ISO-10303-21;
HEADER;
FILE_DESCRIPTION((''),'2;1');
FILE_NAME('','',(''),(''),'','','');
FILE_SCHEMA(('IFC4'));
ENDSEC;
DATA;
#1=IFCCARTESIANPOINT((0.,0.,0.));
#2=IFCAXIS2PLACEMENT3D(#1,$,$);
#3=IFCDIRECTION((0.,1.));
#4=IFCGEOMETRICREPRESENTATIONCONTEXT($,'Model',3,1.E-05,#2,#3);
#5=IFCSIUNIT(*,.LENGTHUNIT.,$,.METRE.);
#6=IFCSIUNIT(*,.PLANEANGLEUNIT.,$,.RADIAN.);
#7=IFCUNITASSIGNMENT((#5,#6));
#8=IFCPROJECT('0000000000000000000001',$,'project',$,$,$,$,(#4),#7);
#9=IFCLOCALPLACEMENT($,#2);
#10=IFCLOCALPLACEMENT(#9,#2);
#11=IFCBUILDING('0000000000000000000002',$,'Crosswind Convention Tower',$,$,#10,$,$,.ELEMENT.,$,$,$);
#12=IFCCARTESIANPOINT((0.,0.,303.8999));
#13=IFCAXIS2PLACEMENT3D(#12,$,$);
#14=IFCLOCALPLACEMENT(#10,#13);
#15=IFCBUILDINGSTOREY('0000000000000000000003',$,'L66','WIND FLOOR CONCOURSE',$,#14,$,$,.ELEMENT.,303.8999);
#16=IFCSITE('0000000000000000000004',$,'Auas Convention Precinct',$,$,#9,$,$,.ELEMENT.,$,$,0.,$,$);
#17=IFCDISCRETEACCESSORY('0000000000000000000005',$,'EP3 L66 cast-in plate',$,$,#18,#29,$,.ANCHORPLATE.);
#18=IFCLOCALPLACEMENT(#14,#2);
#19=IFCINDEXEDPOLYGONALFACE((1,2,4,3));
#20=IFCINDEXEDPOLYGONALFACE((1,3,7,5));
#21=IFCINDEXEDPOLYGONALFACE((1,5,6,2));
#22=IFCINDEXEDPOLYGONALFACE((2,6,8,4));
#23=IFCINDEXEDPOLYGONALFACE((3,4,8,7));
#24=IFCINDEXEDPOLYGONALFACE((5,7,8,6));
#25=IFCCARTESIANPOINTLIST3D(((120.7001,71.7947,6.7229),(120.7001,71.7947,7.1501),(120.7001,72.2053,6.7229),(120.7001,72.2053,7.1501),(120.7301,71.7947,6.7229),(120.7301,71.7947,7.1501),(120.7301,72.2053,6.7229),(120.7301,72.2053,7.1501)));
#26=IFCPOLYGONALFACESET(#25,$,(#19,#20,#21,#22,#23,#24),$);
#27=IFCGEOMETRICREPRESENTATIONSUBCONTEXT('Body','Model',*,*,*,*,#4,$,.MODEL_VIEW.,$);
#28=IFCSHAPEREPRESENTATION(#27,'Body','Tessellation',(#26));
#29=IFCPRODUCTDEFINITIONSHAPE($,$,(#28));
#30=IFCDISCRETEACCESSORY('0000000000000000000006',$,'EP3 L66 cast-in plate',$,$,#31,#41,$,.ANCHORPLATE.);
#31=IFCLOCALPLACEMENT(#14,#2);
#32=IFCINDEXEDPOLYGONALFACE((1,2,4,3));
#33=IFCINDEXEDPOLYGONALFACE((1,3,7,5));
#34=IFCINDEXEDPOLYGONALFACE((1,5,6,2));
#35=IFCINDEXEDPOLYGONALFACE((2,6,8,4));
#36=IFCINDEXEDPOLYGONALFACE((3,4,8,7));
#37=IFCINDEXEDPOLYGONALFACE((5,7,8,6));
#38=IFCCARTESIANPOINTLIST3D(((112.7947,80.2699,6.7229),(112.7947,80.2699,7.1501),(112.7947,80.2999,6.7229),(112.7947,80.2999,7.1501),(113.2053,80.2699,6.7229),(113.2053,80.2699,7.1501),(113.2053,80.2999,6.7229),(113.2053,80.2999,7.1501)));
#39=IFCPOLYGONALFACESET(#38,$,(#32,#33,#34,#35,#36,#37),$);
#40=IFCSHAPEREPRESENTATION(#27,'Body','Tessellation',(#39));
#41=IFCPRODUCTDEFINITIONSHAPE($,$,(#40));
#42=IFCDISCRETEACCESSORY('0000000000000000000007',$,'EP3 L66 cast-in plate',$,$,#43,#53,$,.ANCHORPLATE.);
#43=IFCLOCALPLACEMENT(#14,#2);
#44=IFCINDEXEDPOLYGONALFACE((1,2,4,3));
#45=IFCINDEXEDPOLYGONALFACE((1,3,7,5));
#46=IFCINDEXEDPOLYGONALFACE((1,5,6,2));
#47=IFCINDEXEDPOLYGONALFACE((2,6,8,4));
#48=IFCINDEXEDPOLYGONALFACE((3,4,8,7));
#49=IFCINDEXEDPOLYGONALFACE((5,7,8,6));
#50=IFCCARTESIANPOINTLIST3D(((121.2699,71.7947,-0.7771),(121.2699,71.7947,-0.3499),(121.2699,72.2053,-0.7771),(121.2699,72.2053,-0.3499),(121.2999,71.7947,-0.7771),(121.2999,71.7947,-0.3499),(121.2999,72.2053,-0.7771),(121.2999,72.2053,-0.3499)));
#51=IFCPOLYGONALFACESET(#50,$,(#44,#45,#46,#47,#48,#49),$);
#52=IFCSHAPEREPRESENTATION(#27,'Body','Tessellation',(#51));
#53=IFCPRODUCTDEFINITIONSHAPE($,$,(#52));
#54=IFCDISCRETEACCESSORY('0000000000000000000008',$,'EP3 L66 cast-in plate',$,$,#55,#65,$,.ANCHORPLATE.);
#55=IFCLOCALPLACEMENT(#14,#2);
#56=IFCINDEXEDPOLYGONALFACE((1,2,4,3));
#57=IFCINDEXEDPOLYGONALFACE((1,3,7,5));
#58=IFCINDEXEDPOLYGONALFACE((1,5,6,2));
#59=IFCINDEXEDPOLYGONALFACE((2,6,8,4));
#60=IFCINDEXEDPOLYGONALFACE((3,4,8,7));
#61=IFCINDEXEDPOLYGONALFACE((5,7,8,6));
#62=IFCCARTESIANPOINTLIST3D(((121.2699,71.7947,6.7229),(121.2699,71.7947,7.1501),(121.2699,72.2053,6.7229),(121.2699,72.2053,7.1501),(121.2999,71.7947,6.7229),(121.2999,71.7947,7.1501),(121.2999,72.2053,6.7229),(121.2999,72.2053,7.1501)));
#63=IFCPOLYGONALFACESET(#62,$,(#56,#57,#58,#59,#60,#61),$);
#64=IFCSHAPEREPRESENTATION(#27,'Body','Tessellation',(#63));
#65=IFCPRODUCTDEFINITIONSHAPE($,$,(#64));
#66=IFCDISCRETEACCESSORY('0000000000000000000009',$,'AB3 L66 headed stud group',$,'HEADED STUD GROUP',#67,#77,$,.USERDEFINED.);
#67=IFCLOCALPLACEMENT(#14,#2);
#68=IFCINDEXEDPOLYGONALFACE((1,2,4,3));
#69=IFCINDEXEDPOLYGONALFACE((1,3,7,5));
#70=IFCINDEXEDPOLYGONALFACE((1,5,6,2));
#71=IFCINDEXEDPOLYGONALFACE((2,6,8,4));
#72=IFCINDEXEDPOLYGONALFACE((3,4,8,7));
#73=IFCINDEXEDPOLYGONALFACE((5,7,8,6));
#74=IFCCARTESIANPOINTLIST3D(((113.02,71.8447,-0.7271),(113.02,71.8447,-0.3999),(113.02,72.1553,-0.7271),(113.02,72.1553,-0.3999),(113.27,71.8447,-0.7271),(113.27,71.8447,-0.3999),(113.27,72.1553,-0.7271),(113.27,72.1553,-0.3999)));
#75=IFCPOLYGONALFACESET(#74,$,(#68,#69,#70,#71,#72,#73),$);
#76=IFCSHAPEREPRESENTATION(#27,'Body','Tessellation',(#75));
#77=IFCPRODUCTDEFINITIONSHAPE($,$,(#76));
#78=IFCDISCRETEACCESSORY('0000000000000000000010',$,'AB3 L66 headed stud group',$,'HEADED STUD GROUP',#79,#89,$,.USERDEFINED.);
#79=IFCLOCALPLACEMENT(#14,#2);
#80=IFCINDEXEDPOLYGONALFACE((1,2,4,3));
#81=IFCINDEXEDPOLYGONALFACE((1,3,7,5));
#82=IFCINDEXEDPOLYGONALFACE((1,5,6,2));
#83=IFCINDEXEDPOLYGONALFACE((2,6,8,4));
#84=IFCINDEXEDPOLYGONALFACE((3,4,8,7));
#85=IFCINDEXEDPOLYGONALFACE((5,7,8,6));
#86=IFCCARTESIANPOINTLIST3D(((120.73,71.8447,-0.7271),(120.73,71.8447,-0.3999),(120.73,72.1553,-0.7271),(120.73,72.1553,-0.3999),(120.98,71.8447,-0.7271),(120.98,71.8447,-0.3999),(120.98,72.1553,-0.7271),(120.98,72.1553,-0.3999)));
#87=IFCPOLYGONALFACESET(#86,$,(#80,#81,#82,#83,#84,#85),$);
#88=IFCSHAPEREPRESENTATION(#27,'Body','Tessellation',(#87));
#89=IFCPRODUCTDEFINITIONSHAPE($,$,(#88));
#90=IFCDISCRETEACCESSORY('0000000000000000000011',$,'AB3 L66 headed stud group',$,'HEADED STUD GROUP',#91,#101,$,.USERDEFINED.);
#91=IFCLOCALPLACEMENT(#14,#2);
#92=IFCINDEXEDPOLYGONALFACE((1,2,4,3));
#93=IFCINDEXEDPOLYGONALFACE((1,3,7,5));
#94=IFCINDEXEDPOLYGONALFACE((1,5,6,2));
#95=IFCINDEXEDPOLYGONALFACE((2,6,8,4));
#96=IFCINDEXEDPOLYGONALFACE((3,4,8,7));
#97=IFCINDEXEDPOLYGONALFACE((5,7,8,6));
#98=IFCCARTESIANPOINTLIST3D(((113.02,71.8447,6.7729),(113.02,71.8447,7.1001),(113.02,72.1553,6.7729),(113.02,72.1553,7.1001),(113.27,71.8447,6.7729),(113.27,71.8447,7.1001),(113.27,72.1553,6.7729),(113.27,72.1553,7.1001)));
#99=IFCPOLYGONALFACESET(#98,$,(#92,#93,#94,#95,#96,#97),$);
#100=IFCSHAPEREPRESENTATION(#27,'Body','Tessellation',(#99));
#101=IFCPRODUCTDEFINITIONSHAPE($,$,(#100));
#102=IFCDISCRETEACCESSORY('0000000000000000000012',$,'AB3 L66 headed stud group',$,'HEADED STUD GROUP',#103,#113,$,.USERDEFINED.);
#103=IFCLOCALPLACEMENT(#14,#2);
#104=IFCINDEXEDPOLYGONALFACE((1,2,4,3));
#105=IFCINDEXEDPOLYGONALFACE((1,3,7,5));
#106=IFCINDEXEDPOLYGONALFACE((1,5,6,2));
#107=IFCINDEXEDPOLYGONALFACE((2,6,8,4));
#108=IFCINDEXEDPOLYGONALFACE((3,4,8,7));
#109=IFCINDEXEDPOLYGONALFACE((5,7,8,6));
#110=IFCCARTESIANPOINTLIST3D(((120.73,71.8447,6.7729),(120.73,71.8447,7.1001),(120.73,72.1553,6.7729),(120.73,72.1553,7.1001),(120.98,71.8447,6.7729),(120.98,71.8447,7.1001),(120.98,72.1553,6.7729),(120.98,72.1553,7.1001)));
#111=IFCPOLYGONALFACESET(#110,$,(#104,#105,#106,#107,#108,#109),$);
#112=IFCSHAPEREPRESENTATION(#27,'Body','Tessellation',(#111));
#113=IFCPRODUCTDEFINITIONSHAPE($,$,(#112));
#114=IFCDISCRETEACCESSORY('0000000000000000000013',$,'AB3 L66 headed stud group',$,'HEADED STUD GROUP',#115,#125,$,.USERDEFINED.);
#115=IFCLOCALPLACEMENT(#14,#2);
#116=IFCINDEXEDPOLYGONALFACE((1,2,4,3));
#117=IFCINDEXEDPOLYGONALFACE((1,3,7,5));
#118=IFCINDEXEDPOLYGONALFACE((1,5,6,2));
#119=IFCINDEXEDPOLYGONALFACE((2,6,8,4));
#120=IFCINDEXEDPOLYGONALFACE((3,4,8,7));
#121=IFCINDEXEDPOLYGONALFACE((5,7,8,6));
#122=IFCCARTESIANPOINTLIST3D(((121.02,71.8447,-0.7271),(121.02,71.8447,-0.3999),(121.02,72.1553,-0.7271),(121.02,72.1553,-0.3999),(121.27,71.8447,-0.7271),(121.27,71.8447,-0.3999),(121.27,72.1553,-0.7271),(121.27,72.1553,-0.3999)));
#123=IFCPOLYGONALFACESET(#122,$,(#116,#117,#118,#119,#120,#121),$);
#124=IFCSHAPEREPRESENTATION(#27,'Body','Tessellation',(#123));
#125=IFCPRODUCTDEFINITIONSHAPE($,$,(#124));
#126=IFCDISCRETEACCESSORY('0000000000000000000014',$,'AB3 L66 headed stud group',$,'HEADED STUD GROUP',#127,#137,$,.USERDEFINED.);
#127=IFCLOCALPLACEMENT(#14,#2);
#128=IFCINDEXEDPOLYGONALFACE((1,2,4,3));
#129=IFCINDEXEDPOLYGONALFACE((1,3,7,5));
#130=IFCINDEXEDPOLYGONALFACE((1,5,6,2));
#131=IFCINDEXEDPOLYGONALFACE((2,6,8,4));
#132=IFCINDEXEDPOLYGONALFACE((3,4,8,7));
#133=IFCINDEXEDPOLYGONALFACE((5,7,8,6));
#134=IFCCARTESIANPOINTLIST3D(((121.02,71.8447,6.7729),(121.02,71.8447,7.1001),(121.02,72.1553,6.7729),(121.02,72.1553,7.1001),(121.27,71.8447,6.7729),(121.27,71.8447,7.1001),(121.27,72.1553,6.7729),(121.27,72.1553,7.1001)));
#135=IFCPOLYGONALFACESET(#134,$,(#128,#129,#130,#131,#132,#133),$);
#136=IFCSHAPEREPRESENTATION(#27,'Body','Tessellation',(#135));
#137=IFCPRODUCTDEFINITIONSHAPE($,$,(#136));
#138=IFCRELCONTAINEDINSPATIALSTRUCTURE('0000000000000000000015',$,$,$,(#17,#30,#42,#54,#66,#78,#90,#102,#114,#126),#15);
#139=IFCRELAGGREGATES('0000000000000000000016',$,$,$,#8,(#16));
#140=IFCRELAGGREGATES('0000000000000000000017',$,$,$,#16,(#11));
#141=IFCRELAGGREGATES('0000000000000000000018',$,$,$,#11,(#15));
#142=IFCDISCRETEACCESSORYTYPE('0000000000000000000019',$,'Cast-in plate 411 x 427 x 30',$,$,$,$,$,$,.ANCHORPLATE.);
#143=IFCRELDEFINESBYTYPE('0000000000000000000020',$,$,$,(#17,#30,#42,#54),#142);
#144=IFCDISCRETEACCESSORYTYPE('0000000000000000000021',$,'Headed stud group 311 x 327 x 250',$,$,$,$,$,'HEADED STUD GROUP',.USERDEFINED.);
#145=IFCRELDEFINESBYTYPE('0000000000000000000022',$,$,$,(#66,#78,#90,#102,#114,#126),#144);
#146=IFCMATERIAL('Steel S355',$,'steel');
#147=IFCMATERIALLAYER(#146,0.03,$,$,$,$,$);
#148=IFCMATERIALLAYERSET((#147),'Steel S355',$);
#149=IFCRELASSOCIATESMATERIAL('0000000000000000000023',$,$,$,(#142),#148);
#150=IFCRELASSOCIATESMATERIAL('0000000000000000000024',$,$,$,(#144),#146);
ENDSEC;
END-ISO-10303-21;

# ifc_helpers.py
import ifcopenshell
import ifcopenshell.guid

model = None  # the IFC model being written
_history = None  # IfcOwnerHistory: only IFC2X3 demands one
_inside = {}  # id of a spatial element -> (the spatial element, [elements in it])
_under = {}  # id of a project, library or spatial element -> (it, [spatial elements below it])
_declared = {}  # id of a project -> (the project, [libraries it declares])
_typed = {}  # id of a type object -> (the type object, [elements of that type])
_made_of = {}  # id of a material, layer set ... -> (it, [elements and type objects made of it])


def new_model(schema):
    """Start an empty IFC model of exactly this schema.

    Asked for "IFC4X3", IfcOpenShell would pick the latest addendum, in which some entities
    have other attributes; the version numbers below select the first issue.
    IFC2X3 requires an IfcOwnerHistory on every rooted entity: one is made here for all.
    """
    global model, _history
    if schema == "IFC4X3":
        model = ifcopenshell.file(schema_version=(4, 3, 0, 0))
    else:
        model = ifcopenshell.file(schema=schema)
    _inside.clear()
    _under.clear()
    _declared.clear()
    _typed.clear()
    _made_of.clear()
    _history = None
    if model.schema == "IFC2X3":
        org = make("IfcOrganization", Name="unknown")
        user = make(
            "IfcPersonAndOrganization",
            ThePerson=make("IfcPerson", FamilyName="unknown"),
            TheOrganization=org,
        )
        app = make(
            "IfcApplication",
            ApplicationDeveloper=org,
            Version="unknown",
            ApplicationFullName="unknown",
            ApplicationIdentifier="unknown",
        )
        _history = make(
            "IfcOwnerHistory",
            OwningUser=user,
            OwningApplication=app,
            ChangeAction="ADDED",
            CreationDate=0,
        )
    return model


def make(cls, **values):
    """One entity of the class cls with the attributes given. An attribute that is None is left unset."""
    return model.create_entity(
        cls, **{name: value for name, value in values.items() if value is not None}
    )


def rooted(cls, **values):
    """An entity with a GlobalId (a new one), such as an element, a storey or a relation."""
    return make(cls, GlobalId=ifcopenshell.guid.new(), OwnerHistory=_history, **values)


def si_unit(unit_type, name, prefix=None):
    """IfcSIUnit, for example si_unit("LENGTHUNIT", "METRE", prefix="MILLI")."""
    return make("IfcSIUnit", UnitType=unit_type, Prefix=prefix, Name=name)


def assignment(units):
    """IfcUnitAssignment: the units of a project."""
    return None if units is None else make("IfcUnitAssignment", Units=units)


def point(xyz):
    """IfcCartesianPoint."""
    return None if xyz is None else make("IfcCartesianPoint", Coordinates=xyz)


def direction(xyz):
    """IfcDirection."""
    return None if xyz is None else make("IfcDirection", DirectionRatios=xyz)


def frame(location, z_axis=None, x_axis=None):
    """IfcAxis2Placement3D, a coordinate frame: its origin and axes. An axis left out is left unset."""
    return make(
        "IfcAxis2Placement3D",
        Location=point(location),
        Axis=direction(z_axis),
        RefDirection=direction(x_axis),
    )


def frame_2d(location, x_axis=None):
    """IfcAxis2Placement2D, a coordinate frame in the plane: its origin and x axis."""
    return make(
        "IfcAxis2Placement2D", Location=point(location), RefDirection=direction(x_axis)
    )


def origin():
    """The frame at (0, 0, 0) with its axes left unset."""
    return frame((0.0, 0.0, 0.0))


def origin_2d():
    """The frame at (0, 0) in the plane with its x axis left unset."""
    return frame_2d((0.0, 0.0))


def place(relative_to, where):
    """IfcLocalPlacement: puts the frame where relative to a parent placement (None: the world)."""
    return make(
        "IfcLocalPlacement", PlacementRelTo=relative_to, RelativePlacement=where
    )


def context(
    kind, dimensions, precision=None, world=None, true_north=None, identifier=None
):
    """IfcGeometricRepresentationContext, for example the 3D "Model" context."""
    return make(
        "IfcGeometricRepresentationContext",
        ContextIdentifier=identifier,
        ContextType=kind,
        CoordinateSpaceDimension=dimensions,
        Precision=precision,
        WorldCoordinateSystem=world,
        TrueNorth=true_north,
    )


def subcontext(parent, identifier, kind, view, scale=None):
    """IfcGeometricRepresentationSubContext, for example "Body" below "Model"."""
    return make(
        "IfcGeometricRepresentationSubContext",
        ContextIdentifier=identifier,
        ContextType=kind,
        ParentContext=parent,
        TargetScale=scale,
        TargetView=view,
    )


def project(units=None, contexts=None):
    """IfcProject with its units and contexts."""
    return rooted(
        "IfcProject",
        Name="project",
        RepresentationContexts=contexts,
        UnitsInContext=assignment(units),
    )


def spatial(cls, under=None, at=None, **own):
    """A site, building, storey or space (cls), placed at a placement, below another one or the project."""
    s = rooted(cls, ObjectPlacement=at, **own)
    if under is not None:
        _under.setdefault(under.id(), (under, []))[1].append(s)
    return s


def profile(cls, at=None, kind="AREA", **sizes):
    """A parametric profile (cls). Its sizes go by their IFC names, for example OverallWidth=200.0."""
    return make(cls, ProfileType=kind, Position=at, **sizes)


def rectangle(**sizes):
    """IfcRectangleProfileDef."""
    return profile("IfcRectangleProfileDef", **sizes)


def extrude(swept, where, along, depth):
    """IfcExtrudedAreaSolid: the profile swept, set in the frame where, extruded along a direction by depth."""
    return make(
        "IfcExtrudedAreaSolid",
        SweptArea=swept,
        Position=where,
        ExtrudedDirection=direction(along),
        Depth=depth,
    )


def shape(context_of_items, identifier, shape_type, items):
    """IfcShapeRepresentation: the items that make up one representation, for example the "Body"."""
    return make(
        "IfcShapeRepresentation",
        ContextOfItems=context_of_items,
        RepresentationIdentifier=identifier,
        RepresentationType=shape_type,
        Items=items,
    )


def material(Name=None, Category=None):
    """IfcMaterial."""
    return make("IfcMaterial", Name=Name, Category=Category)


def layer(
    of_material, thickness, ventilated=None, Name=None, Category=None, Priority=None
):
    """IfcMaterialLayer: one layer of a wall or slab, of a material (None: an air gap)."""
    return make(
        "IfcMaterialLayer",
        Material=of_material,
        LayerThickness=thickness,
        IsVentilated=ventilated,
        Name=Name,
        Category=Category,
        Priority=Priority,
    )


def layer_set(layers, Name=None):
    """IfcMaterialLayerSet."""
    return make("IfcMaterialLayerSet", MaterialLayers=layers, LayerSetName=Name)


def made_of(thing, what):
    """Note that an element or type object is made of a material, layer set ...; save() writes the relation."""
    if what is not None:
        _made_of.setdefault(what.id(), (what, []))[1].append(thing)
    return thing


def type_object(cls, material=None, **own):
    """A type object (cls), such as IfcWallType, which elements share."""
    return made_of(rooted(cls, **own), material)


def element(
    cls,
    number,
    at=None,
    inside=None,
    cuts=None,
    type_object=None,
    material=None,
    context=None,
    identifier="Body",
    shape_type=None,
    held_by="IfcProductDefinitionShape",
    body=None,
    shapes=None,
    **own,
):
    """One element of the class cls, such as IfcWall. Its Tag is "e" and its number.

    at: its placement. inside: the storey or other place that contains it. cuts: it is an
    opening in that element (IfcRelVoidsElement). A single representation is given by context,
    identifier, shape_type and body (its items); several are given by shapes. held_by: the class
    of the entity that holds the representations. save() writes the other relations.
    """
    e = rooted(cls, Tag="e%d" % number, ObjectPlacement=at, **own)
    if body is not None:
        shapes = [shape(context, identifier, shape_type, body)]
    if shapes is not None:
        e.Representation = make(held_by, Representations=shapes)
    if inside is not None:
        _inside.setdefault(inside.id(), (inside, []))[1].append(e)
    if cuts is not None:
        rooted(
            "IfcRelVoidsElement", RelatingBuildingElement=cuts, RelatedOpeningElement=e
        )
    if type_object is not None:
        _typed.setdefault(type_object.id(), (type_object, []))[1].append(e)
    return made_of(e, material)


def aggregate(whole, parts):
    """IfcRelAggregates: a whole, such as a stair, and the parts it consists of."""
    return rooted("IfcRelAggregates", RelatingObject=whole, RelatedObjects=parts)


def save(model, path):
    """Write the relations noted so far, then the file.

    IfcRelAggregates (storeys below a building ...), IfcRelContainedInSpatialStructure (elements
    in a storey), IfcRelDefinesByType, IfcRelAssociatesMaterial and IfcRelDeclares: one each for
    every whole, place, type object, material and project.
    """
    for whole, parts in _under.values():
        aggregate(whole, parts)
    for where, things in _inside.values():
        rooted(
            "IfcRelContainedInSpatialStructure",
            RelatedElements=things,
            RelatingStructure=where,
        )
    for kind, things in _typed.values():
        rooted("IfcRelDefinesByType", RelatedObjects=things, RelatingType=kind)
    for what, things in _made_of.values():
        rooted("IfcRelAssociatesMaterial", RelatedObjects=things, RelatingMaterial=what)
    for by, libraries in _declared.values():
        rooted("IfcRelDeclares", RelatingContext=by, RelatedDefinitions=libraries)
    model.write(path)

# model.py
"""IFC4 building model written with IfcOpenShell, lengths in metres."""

from ifc_helpers import new_model, si_unit, direction, frame, origin, origin_2d, place, context, subcontext, project, spatial, rectangle, extrude, material, layer, layer_set, type_object, element, save


model = new_model("IFC4")

# Units and contexts
model_context = context("Model", 3, precision=1e-05, world=origin(), true_north=direction((0.0, 1.0)))
body_context = subcontext(model_context, "Body", "Model", "MODEL_VIEW")
ifc_project = project(units=[si_unit("LENGTHUNIT", "METRE"), si_unit("PLANEANGLEUNIT", "RADIAN")], contexts=[model_context])

# Site, building, storey
site_placement = place(None, origin())
site = spatial("IfcSite", under=ifc_project, at=site_placement, Name="Auas Convention Precinct", CompositionType="ELEMENT", RefElevation=0.0)
building_placement = place(site_placement, origin())
building = spatial("IfcBuilding", under=site, at=building_placement, Name="Crosswind Convention Tower", CompositionType="ELEMENT")
storey_placement = place(building_placement, frame((0.0, 0.0, 303.8999)))
storey = spatial("IfcBuildingStorey", under=building, at=storey_placement, Name="L66", Description="WIND FLOOR CONCOURSE", CompositionType="ELEMENT", Elevation=303.8999)

# Shared definitions
ifc_material_1 = material(Name="Steel S355", Category="steel")

# Discrete accessories
ifc_layer = layer(ifc_material_1, 0.03)
ifc_layer_set = layer_set([ifc_layer], Name="Steel S355")
discrete_accessory_type_1 = type_object("IfcDiscreteAccessoryType", Name="Cast-in plate 411 x 427 x 30", PredefinedType="ANCHORPLATE", material=ifc_layer_set)
for number, where, z_axis, x_axis, name in (
    (1, (120.7151, 72.0, 6.7229), (0.0, 0.0, 1.0), (1.0, 0.0, 0.0), "EP3 L66 cast-in plate"),
):
    element("IfcDiscreteAccessory", number, at=place(storey_placement, frame(where, z_axis=z_axis, x_axis=x_axis)), inside=storey, type_object=discrete_accessory_type_1, Name=name, PredefinedType="ANCHORPLATE", context=body_context, shape_type="SweptSolid", body=[
        extrude(rectangle(XDim=0.03, YDim=0.4106, at=origin_2d()), origin(), (0.0, 0.0, 1.0), 0.4272),
    ])
discrete_accessory_placement = place(storey_placement, frame((113.0, 80.2849, 6.7229), z_axis=(0.0, 0.0, 1.0), x_axis=(1.0, 0.0, 0.0)))
element("IfcDiscreteAccessory", 2, at=discrete_accessory_placement, inside=storey, type_object=discrete_accessory_type_1, Name="EP3 L66 cast-in plate", PredefinedType="ANCHORPLATE", context=body_context, shape_type="SweptSolid", body=[
    extrude(rectangle(XDim=0.4106, YDim=0.03, at=origin_2d()), origin(), (0.0, 0.0, 1.0), 0.4272),
])
for number, where, z_axis, x_axis, name in (
    (3, (121.2849, 72.0, -0.7771), (0.0, 0.0, 1.0), (1.0, 0.0, 0.0), "EP3 L66 cast-in plate"),
    (4, (121.2849, 72.0, 6.7229), (0.0, 0.0, 1.0), (1.0, 0.0, 0.0), "EP3 L66 cast-in plate"),
):
    element("IfcDiscreteAccessory", number, at=place(storey_placement, frame(where, z_axis=z_axis, x_axis=x_axis)), inside=storey, type_object=discrete_accessory_type_1, Name=name, PredefinedType="ANCHORPLATE", context=body_context, shape_type="SweptSolid", body=[
        extrude(rectangle(XDim=0.03, YDim=0.4106, at=origin_2d()), origin(), (0.0, 0.0, 1.0), 0.4272),
    ])
discrete_accessory_type_2 = type_object("IfcDiscreteAccessoryType", Name="Headed stud group 311 x 327 x 250", ElementType="HEADED STUD GROUP", PredefinedType="USERDEFINED", material=ifc_material_1)
for number, where, z_axis, x_axis, name in (
    (5, (113.145, 72.0, -0.7271), (0.0, 0.0, 1.0), (1.0, 0.0, 0.0), "AB3 L66 headed stud group"),
    (6, (120.855, 72.0, -0.7271), (0.0, 0.0, 1.0), (1.0, 0.0, 0.0), "AB3 L66 headed stud group"),
    (7, (113.145, 72.0, 6.7729), (0.0, 0.0, 1.0), (1.0, 0.0, 0.0), "AB3 L66 headed stud group"),
    (8, (120.855, 72.0, 6.7729), (0.0, 0.0, 1.0), (1.0, 0.0, 0.0), "AB3 L66 headed stud group"),
    (9, (121.145, 72.0, -0.7271), (0.0, 0.0, 1.0), (1.0, 0.0, 0.0), "AB3 L66 headed stud group"),
    (10, (121.145, 72.0, 6.7729), (0.0, 0.0, 1.0), (1.0, 0.0, 0.0), "AB3 L66 headed stud group"),
):
    element("IfcDiscreteAccessory", number, at=place(storey_placement, frame(where, z_axis=z_axis, x_axis=x_axis)), inside=storey, type_object=discrete_accessory_type_2, Name=name, ObjectType="HEADED STUD GROUP", PredefinedType="USERDEFINED", context=body_context, shape_type="SweptSolid", body=[
        extrude(rectangle(XDim=0.25, YDim=0.3105, at=origin_2d()), origin(), (0.0, 0.0, 1.0), 0.3271),
    ])

save(model, "model.ifc")
